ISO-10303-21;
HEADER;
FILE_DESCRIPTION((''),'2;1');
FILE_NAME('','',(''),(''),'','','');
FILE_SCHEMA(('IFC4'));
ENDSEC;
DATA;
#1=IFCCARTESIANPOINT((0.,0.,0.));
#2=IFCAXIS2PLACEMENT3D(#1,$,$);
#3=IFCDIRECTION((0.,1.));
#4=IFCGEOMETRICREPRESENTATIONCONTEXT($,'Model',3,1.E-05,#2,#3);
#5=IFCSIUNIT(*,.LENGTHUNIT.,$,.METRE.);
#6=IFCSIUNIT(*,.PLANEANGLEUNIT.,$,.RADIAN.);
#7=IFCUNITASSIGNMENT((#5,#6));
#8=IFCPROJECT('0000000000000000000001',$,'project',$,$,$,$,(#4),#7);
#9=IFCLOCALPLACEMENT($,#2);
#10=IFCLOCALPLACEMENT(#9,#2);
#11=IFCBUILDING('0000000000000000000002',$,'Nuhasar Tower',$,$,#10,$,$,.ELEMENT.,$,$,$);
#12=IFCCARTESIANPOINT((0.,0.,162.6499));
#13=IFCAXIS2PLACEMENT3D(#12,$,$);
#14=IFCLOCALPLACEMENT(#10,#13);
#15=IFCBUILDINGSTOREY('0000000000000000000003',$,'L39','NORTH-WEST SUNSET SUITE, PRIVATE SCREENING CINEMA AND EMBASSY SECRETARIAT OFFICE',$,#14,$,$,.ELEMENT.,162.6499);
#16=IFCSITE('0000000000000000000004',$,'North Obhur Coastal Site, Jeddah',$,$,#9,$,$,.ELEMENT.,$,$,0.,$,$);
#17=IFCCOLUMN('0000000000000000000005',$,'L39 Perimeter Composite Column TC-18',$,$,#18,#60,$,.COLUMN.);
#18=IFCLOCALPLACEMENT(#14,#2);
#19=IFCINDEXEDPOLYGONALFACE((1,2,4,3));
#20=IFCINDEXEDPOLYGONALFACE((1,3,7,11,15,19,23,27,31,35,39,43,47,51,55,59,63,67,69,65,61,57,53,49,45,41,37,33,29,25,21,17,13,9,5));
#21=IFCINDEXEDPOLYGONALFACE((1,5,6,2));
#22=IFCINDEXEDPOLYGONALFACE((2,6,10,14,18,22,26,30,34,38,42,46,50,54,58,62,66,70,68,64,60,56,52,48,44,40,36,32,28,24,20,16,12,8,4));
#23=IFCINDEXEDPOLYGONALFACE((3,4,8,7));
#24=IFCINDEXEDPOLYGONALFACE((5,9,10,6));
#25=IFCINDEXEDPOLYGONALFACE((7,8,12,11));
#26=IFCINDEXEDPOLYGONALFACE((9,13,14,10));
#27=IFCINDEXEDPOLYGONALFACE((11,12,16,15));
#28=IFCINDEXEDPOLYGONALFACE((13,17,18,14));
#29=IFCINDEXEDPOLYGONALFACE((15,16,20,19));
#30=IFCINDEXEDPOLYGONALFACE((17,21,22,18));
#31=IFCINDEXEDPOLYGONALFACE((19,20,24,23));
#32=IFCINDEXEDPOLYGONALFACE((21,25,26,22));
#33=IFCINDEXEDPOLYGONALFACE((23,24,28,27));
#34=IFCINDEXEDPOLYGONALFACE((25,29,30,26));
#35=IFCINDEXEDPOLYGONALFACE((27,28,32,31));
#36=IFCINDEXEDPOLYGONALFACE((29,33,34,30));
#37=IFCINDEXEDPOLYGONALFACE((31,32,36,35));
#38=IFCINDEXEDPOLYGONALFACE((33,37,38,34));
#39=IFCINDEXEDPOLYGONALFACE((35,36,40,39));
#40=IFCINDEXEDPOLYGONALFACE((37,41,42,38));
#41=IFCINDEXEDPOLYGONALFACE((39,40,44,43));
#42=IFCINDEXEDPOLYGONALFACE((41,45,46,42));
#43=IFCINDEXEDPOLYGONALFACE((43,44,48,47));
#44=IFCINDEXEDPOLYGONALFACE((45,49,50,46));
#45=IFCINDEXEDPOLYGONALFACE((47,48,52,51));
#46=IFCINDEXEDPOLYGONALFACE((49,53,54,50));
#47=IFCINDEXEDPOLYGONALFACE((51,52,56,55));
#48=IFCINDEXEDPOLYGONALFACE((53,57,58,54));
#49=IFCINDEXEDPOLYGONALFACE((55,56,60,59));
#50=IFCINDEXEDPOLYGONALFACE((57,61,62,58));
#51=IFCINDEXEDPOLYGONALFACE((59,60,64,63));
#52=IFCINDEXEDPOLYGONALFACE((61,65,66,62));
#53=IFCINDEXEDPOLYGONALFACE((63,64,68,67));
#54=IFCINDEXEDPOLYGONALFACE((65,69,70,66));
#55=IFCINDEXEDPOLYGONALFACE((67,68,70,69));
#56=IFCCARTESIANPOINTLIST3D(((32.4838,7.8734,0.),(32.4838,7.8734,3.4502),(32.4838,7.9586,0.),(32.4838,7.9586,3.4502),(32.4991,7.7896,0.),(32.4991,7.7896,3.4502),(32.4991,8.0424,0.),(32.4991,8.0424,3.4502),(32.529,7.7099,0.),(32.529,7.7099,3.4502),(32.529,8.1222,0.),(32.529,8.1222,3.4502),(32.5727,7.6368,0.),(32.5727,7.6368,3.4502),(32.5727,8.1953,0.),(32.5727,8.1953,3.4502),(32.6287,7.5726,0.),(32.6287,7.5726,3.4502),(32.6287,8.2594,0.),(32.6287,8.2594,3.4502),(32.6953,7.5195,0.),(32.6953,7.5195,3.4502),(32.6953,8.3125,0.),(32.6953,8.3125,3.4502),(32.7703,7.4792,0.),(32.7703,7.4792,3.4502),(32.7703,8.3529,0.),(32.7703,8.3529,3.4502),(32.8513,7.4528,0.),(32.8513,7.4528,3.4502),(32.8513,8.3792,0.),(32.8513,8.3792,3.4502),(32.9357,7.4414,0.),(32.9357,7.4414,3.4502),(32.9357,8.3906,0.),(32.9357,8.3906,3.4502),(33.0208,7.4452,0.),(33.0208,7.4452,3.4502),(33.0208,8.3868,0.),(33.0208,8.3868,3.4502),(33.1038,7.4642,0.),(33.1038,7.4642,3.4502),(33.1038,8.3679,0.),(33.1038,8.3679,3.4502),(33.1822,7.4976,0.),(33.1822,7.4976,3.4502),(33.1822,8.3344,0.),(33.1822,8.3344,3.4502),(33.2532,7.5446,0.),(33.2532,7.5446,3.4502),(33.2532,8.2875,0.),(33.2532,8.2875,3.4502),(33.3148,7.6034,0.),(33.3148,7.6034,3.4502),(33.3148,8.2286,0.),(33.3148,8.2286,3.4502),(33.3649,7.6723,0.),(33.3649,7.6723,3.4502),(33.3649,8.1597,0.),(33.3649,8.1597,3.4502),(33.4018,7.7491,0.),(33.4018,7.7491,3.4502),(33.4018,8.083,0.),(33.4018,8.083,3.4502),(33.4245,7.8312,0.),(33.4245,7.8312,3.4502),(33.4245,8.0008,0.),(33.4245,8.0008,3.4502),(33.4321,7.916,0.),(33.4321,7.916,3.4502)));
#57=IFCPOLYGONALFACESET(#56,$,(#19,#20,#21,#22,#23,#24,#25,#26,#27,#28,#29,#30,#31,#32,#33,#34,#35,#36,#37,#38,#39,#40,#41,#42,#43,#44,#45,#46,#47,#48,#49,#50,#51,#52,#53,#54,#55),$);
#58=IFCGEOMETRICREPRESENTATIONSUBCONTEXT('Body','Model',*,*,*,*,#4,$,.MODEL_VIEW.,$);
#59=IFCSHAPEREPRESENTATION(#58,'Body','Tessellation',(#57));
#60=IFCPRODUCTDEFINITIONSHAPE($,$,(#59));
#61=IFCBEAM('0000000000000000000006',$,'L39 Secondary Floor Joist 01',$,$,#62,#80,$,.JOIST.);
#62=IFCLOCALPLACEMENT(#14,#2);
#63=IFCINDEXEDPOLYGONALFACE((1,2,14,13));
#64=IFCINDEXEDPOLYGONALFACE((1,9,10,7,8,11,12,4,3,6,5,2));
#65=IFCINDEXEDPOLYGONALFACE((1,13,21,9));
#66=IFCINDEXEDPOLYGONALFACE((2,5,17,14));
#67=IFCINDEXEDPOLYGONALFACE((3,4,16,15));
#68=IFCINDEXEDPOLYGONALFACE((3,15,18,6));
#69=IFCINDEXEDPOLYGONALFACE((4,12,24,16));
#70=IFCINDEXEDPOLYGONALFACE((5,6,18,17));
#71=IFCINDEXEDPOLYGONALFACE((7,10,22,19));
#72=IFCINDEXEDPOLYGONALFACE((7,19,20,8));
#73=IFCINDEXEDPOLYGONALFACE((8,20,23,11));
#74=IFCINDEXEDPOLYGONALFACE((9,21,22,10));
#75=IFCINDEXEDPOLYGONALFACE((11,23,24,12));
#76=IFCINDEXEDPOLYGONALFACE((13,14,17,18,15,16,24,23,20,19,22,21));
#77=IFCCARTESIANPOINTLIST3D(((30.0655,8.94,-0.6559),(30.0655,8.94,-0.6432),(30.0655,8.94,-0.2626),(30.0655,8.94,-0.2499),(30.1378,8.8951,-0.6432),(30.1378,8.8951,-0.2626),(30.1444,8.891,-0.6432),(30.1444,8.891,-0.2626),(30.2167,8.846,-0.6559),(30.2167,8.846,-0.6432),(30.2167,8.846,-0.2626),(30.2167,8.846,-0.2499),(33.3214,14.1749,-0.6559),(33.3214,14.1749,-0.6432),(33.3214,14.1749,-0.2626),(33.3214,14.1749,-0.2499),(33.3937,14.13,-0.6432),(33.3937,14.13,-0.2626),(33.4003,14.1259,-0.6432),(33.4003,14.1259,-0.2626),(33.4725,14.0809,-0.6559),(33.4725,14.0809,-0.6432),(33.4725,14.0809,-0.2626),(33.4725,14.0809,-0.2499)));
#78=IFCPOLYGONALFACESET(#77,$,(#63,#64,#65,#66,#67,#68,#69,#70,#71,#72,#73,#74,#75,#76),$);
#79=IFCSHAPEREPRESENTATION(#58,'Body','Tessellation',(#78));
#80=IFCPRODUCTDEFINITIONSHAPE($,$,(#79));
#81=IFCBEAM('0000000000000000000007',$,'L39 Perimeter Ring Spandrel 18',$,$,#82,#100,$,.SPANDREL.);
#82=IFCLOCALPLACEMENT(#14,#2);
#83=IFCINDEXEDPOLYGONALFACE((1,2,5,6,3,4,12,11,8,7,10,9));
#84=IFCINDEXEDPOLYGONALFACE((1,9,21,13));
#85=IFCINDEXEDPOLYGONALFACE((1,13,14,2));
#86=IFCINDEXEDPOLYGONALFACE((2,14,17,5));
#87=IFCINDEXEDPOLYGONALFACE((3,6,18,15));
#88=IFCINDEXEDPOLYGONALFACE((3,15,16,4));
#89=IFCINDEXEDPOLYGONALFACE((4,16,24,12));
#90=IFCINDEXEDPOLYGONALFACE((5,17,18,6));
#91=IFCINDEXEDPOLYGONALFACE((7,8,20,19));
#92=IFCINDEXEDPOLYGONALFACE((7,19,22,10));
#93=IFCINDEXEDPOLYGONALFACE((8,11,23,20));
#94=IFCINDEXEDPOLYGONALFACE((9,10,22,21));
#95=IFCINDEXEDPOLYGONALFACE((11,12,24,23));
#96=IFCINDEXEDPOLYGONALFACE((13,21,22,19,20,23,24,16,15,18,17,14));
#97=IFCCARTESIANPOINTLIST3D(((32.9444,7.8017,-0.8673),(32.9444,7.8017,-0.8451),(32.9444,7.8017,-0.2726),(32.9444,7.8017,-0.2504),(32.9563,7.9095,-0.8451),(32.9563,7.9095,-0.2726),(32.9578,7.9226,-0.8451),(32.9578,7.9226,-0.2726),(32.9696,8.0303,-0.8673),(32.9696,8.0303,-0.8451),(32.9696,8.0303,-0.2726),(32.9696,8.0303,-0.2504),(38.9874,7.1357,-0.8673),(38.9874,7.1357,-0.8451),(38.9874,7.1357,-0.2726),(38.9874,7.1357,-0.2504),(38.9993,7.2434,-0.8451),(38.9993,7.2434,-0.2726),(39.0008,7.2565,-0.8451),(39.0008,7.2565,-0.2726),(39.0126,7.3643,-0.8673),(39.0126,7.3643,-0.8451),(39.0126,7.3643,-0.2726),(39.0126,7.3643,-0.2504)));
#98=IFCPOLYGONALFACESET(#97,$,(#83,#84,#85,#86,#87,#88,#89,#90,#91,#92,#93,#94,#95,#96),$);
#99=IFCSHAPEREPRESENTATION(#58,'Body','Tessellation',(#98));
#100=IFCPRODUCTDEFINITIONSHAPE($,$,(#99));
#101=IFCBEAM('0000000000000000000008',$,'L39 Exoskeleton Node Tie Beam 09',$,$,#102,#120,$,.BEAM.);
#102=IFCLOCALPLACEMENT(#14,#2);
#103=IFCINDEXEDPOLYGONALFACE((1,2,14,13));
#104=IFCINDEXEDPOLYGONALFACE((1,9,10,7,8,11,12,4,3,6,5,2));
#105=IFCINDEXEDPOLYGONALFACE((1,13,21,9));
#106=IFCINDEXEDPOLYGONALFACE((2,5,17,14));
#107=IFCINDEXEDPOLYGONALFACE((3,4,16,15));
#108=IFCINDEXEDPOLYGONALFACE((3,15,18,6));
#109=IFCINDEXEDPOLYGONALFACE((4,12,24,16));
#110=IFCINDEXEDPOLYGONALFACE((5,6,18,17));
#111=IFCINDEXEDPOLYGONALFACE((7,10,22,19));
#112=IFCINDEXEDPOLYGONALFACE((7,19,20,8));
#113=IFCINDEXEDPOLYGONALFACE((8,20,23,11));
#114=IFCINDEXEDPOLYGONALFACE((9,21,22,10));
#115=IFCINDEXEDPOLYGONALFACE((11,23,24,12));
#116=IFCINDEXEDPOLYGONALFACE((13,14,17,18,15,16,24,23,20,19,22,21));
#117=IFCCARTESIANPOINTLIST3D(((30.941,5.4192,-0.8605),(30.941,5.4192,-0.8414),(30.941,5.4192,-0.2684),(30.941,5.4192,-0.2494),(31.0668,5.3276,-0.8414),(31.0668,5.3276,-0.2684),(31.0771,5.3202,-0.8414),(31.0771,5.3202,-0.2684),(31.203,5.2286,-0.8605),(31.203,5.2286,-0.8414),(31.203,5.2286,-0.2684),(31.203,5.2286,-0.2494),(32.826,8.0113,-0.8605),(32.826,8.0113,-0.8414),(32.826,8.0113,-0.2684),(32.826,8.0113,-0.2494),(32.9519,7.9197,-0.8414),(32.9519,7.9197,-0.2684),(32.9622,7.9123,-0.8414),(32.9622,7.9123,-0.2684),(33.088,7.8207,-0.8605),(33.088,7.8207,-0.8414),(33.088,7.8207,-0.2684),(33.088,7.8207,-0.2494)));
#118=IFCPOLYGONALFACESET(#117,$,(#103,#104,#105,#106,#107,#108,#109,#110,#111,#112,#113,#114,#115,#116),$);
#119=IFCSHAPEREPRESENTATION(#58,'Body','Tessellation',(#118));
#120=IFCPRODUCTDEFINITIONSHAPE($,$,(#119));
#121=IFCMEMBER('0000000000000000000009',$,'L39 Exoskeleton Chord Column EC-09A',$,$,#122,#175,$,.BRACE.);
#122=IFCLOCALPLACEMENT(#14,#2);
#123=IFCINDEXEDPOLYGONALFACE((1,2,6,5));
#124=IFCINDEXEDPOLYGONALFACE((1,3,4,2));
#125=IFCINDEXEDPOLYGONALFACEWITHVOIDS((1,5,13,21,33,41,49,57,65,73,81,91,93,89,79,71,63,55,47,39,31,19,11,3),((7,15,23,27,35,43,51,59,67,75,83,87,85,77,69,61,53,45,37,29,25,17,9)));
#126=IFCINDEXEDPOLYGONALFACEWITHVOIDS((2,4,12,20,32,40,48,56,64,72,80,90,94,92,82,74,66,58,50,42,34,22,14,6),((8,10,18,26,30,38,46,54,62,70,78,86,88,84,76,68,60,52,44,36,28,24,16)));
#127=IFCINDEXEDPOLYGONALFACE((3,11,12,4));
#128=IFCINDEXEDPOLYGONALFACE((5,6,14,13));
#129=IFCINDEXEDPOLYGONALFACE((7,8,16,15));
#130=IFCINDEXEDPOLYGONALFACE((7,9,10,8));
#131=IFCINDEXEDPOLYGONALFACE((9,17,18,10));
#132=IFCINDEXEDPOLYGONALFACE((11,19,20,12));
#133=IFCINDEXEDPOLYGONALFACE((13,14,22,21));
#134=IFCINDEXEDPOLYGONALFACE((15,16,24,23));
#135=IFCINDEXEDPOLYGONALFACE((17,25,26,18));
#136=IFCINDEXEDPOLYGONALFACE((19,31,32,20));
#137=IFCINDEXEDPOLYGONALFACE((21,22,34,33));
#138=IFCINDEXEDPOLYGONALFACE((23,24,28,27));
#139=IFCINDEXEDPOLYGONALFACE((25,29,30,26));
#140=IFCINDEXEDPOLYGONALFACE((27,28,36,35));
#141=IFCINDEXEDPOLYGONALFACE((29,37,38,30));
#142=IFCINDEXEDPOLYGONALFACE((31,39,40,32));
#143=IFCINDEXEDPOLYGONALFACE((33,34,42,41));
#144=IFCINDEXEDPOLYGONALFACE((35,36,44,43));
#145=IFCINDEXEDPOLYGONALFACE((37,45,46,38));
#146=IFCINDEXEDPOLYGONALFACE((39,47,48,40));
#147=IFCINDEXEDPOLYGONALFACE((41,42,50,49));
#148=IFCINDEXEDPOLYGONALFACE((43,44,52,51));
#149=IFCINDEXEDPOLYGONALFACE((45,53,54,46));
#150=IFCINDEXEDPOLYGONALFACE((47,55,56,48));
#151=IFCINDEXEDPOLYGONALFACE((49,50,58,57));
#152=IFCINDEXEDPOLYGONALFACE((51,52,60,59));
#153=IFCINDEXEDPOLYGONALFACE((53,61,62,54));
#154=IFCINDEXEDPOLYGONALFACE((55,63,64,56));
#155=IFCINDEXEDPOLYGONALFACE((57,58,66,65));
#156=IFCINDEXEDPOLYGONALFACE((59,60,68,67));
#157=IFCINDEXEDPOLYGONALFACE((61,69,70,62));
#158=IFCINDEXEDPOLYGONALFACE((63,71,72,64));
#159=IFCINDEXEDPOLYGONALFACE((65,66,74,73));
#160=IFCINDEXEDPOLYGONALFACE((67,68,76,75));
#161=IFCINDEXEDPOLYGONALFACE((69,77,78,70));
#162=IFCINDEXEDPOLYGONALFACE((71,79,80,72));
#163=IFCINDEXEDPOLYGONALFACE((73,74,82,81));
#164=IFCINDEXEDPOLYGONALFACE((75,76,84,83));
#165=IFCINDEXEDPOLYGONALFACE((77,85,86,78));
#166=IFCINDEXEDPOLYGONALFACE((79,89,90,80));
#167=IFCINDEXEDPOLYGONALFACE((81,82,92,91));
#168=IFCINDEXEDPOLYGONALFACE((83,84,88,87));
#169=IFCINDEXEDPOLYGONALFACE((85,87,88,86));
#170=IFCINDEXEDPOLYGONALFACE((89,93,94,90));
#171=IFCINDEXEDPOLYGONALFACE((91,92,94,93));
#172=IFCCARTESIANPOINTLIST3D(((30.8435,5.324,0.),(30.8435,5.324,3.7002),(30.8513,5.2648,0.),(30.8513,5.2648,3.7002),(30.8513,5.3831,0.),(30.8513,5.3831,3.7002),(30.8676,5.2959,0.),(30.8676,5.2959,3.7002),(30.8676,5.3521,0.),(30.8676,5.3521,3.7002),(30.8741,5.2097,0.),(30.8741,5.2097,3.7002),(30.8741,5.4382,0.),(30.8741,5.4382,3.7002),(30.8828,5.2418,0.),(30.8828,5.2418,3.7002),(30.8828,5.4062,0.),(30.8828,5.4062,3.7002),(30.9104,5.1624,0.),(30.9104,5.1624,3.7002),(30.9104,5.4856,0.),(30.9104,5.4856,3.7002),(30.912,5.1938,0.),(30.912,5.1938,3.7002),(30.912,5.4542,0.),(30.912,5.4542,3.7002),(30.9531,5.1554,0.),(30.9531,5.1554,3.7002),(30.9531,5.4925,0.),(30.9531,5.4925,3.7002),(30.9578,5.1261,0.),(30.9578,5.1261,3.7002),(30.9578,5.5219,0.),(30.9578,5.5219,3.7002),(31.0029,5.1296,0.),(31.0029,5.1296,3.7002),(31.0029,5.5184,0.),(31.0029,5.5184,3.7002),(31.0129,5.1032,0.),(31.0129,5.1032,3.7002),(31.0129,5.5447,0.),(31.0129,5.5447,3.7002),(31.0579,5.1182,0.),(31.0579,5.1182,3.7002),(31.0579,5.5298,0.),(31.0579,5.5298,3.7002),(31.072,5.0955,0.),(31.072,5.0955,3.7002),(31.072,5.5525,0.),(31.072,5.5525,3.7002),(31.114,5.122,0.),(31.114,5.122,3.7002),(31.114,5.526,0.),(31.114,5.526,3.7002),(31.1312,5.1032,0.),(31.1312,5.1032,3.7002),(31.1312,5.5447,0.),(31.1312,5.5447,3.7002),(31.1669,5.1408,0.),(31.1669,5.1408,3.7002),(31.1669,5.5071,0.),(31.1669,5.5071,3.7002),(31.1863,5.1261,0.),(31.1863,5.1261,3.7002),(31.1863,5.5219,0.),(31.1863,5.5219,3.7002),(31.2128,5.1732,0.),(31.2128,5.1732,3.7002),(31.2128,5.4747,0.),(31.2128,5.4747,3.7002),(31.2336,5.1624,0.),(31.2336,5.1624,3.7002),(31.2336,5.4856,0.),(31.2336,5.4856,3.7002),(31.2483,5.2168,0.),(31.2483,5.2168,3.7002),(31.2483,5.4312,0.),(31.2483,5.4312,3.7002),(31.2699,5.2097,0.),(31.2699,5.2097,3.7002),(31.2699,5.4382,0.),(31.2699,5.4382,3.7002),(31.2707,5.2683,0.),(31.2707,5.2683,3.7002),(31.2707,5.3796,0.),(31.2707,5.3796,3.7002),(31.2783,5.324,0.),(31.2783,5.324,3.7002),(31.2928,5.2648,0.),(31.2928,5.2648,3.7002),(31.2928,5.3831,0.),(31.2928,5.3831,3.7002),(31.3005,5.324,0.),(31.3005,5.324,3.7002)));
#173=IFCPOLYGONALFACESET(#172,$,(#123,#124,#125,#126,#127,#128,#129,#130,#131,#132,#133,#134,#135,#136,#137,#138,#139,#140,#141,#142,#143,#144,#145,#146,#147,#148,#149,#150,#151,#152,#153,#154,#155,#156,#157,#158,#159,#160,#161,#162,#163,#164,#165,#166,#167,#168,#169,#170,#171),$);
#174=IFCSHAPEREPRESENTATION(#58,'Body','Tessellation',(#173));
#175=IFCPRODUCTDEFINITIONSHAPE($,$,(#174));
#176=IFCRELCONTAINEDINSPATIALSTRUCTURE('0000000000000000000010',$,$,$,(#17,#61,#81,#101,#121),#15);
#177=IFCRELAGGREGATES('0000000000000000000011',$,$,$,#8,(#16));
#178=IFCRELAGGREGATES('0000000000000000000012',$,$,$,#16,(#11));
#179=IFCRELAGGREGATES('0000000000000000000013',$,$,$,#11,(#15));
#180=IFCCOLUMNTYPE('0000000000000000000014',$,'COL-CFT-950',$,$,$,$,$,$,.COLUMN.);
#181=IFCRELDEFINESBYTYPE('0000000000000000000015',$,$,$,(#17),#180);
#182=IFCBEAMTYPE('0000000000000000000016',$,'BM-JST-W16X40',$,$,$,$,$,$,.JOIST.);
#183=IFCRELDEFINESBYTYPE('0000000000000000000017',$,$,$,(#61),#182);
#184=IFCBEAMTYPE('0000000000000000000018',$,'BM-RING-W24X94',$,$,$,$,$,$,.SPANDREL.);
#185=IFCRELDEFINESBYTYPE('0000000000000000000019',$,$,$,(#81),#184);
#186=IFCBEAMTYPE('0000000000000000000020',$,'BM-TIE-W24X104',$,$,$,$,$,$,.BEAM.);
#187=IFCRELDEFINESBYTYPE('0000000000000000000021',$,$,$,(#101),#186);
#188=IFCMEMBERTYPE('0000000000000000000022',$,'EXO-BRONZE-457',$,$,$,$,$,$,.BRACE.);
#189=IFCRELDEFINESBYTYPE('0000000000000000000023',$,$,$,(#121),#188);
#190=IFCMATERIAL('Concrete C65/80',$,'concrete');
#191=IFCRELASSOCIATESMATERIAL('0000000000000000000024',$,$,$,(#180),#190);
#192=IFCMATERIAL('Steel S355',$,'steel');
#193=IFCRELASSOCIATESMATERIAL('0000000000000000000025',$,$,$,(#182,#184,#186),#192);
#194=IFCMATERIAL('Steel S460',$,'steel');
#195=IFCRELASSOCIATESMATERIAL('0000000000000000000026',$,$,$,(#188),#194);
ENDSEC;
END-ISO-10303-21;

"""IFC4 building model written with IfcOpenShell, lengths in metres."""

from ifc_helpers import new_model, si_unit, direction, frame, origin, origin_2d, place, context, subcontext, project, spatial, circle, hollow_circle, i_section, extrude, material, material_profile, profile_set, type_object, element, save


model = new_model("IFC4")

# Units and contexts
model_context = context("Model", 3, precision=1e-05, world=origin(), true_north=direction((0.0, 1.0)))
body_context = subcontext(model_context, "Body", "Model", "MODEL_VIEW")
ifc_project = project(units=[si_unit("LENGTHUNIT", "METRE"), si_unit("PLANEANGLEUNIT", "RADIAN")], contexts=[model_context])

# Site, building, storey
site_placement = place(None, origin())
site = spatial("IfcSite", under=ifc_project, at=site_placement, Name="North Obhur Coastal Site, Jeddah", CompositionType="ELEMENT", RefElevation=0.0)
building_placement = place(site_placement, origin())
building = spatial("IfcBuilding", under=site, at=building_placement, Name="Nuhasar Tower", CompositionType="ELEMENT")
storey_placement = place(building_placement, frame((0.0, 0.0, 162.6499)))
storey = spatial("IfcBuildingStorey", under=building, at=storey_placement, Name="L39", Description="NORTH-WEST SUNSET SUITE, PRIVATE SCREENING CINEMA AND EMBASSY SECRETARIAT OFFICE", CompositionType="ELEMENT", Elevation=162.6499)

# Column
ifc_material_1 = material(Name="Concrete C65/80", Category="concrete")
ifc_material_profile_1 = material_profile(ifc_material_1, circle(Radius=0.4751, at=origin_2d()), Name="CFT950")
ifc_profile_set_1 = profile_set([ifc_material_profile_1], Name="Concrete C65/80")
column_type = type_object("IfcColumnType", Name="COL-CFT-950", PredefinedType="COLUMN", material=ifc_profile_set_1)
column_placement = place(storey_placement, frame((32.957, 7.916, 0.0), z_axis=(0.0, 0.0, 1.0), x_axis=(1.0, 0.0, 0.0)))
element("IfcColumn", 1, at=column_placement, inside=storey, type_object=column_type, Name="L39 Perimeter Composite Column TC-18", PredefinedType="COLUMN", context=body_context, shape_type="SweptSolid", body=[
    extrude(circle(Radius=0.4751, at=origin_2d()), origin(), (0.0, 0.0, 1.0), 3.4502),
])

# Beams
ifc_material_2 = material(Name="Steel S355", Category="steel")
ifc_material_profile_2 = material_profile(ifc_material_2, i_section(OverallWidth=0.178, OverallDepth=0.406, WebThickness=0.0078, FlangeThickness=0.0127, at=origin_2d()), Name="W16X40")
ifc_profile_set_2 = profile_set([ifc_material_profile_2], Name="Steel S355")
beam_type_1 = type_object("IfcBeamType", Name="BM-JST-W16X40", PredefinedType="JOIST", material=ifc_profile_set_2)
beam_1_placement = place(storey_placement, frame((33.397, 14.1279, -0.4529), z_axis=(-0.528139, -0.849158, 0.0), x_axis=(0.849158, -0.528139, 0.0)))
element("IfcBeam", 2, at=beam_1_placement, inside=storey, type_object=beam_type_1, Name="L39 Secondary Floor Joist 01", PredefinedType="JOIST", context=body_context, shape_type="SweptSolid", body=[
    extrude(i_section(OverallWidth=0.178, OverallDepth=0.406, WebThickness=0.0078, FlangeThickness=0.0127, at=origin_2d()), origin(), (0.0, 0.0, 1.0), 6.1648),
])
ifc_material_profile_3 = material_profile(ifc_material_2, i_section(OverallWidth=0.23, OverallDepth=0.6169, WebThickness=0.0132, FlangeThickness=0.0222, at=origin_2d()), Name="W24X94")
ifc_profile_set_3 = profile_set([ifc_material_profile_3], Name="Steel S355")
beam_type_2 = type_object("IfcBeamType", Name="BM-RING-W24X94", PredefinedType="SPANDREL", material=ifc_profile_set_3)
beam_2_placement = place(storey_placement, frame((32.957, 7.916, -0.5588), z_axis=(0.993981, -0.10955, 0.0), x_axis=(0.10955, 0.993981, 0.0)))
element("IfcBeam", 3, at=beam_2_placement, inside=storey, type_object=beam_type_2, Name="L39 Perimeter Ring Spandrel 18", PredefinedType="SPANDREL", context=body_context, shape_type="SweptSolid", body=[
    extrude(i_section(OverallWidth=0.23, OverallDepth=0.6169, WebThickness=0.0132, FlangeThickness=0.0222, at=origin_2d()), origin(), (0.0, 0.0, 1.0), 6.0796),
])
ifc_material_profile_4 = material_profile(ifc_material_2, i_section(OverallWidth=0.324, OverallDepth=0.6111, WebThickness=0.0127, FlangeThickness=0.019, at=origin_2d()), Name="W24X104")
ifc_profile_set_4 = profile_set([ifc_material_profile_4], Name="Steel S355")
beam_type_3 = type_object("IfcBeamType", Name="BM-TIE-W24X104", PredefinedType="BEAM", material=ifc_profile_set_4)
beam_3_placement = place(storey_placement, frame((32.957, 7.916, -0.5549), z_axis=(-0.588149, -0.808753, 0.0), x_axis=(0.808753, -0.588149, 0.0)))
element("IfcBeam", 4, at=beam_3_placement, inside=storey, type_object=beam_type_3, Name="L39 Exoskeleton Node Tie Beam 09", PredefinedType="BEAM", context=body_context, shape_type="SweptSolid", body=[
    extrude(i_section(OverallWidth=0.324, OverallDepth=0.6111, WebThickness=0.0127, FlangeThickness=0.019, at=origin_2d()), origin(), (0.0, 0.0, 1.0), 3.2051),
])

# Member
ifc_material_3 = material(Name="Steel S460", Category="steel")
ifc_material_profile_5 = material_profile(ifc_material_3, hollow_circle(Radius=0.2285, WallThickness=0.0222, at=origin_2d()), Name="HSS457X22.2")
ifc_profile_set_5 = profile_set([ifc_material_profile_5], Name="Steel S460")
member_type = type_object("IfcMemberType", Name="EXO-BRONZE-457", PredefinedType="BRACE", material=ifc_profile_set_5)
for number, where, z_axis, x_axis, name in (
    (5, (31.072, 5.324, 0.0), (0.0, 0.0, 1.0), (1.0, 0.0, 0.0), "L39 Exoskeleton Chord Column EC-09A"),
):
    element("IfcMember", number, at=place(storey_placement, frame(where, z_axis=z_axis, x_axis=x_axis)), inside=storey, type_object=member_type, Name=name, PredefinedType="BRACE", context=body_context, shape_type="SweptSolid", body=[
        extrude(hollow_circle(Radius=0.2285, WallThickness=0.0222, at=origin_2d()), origin(), (0.0, 0.0, 1.0), 3.7002),
    ])

save(model, "model.ifc")
